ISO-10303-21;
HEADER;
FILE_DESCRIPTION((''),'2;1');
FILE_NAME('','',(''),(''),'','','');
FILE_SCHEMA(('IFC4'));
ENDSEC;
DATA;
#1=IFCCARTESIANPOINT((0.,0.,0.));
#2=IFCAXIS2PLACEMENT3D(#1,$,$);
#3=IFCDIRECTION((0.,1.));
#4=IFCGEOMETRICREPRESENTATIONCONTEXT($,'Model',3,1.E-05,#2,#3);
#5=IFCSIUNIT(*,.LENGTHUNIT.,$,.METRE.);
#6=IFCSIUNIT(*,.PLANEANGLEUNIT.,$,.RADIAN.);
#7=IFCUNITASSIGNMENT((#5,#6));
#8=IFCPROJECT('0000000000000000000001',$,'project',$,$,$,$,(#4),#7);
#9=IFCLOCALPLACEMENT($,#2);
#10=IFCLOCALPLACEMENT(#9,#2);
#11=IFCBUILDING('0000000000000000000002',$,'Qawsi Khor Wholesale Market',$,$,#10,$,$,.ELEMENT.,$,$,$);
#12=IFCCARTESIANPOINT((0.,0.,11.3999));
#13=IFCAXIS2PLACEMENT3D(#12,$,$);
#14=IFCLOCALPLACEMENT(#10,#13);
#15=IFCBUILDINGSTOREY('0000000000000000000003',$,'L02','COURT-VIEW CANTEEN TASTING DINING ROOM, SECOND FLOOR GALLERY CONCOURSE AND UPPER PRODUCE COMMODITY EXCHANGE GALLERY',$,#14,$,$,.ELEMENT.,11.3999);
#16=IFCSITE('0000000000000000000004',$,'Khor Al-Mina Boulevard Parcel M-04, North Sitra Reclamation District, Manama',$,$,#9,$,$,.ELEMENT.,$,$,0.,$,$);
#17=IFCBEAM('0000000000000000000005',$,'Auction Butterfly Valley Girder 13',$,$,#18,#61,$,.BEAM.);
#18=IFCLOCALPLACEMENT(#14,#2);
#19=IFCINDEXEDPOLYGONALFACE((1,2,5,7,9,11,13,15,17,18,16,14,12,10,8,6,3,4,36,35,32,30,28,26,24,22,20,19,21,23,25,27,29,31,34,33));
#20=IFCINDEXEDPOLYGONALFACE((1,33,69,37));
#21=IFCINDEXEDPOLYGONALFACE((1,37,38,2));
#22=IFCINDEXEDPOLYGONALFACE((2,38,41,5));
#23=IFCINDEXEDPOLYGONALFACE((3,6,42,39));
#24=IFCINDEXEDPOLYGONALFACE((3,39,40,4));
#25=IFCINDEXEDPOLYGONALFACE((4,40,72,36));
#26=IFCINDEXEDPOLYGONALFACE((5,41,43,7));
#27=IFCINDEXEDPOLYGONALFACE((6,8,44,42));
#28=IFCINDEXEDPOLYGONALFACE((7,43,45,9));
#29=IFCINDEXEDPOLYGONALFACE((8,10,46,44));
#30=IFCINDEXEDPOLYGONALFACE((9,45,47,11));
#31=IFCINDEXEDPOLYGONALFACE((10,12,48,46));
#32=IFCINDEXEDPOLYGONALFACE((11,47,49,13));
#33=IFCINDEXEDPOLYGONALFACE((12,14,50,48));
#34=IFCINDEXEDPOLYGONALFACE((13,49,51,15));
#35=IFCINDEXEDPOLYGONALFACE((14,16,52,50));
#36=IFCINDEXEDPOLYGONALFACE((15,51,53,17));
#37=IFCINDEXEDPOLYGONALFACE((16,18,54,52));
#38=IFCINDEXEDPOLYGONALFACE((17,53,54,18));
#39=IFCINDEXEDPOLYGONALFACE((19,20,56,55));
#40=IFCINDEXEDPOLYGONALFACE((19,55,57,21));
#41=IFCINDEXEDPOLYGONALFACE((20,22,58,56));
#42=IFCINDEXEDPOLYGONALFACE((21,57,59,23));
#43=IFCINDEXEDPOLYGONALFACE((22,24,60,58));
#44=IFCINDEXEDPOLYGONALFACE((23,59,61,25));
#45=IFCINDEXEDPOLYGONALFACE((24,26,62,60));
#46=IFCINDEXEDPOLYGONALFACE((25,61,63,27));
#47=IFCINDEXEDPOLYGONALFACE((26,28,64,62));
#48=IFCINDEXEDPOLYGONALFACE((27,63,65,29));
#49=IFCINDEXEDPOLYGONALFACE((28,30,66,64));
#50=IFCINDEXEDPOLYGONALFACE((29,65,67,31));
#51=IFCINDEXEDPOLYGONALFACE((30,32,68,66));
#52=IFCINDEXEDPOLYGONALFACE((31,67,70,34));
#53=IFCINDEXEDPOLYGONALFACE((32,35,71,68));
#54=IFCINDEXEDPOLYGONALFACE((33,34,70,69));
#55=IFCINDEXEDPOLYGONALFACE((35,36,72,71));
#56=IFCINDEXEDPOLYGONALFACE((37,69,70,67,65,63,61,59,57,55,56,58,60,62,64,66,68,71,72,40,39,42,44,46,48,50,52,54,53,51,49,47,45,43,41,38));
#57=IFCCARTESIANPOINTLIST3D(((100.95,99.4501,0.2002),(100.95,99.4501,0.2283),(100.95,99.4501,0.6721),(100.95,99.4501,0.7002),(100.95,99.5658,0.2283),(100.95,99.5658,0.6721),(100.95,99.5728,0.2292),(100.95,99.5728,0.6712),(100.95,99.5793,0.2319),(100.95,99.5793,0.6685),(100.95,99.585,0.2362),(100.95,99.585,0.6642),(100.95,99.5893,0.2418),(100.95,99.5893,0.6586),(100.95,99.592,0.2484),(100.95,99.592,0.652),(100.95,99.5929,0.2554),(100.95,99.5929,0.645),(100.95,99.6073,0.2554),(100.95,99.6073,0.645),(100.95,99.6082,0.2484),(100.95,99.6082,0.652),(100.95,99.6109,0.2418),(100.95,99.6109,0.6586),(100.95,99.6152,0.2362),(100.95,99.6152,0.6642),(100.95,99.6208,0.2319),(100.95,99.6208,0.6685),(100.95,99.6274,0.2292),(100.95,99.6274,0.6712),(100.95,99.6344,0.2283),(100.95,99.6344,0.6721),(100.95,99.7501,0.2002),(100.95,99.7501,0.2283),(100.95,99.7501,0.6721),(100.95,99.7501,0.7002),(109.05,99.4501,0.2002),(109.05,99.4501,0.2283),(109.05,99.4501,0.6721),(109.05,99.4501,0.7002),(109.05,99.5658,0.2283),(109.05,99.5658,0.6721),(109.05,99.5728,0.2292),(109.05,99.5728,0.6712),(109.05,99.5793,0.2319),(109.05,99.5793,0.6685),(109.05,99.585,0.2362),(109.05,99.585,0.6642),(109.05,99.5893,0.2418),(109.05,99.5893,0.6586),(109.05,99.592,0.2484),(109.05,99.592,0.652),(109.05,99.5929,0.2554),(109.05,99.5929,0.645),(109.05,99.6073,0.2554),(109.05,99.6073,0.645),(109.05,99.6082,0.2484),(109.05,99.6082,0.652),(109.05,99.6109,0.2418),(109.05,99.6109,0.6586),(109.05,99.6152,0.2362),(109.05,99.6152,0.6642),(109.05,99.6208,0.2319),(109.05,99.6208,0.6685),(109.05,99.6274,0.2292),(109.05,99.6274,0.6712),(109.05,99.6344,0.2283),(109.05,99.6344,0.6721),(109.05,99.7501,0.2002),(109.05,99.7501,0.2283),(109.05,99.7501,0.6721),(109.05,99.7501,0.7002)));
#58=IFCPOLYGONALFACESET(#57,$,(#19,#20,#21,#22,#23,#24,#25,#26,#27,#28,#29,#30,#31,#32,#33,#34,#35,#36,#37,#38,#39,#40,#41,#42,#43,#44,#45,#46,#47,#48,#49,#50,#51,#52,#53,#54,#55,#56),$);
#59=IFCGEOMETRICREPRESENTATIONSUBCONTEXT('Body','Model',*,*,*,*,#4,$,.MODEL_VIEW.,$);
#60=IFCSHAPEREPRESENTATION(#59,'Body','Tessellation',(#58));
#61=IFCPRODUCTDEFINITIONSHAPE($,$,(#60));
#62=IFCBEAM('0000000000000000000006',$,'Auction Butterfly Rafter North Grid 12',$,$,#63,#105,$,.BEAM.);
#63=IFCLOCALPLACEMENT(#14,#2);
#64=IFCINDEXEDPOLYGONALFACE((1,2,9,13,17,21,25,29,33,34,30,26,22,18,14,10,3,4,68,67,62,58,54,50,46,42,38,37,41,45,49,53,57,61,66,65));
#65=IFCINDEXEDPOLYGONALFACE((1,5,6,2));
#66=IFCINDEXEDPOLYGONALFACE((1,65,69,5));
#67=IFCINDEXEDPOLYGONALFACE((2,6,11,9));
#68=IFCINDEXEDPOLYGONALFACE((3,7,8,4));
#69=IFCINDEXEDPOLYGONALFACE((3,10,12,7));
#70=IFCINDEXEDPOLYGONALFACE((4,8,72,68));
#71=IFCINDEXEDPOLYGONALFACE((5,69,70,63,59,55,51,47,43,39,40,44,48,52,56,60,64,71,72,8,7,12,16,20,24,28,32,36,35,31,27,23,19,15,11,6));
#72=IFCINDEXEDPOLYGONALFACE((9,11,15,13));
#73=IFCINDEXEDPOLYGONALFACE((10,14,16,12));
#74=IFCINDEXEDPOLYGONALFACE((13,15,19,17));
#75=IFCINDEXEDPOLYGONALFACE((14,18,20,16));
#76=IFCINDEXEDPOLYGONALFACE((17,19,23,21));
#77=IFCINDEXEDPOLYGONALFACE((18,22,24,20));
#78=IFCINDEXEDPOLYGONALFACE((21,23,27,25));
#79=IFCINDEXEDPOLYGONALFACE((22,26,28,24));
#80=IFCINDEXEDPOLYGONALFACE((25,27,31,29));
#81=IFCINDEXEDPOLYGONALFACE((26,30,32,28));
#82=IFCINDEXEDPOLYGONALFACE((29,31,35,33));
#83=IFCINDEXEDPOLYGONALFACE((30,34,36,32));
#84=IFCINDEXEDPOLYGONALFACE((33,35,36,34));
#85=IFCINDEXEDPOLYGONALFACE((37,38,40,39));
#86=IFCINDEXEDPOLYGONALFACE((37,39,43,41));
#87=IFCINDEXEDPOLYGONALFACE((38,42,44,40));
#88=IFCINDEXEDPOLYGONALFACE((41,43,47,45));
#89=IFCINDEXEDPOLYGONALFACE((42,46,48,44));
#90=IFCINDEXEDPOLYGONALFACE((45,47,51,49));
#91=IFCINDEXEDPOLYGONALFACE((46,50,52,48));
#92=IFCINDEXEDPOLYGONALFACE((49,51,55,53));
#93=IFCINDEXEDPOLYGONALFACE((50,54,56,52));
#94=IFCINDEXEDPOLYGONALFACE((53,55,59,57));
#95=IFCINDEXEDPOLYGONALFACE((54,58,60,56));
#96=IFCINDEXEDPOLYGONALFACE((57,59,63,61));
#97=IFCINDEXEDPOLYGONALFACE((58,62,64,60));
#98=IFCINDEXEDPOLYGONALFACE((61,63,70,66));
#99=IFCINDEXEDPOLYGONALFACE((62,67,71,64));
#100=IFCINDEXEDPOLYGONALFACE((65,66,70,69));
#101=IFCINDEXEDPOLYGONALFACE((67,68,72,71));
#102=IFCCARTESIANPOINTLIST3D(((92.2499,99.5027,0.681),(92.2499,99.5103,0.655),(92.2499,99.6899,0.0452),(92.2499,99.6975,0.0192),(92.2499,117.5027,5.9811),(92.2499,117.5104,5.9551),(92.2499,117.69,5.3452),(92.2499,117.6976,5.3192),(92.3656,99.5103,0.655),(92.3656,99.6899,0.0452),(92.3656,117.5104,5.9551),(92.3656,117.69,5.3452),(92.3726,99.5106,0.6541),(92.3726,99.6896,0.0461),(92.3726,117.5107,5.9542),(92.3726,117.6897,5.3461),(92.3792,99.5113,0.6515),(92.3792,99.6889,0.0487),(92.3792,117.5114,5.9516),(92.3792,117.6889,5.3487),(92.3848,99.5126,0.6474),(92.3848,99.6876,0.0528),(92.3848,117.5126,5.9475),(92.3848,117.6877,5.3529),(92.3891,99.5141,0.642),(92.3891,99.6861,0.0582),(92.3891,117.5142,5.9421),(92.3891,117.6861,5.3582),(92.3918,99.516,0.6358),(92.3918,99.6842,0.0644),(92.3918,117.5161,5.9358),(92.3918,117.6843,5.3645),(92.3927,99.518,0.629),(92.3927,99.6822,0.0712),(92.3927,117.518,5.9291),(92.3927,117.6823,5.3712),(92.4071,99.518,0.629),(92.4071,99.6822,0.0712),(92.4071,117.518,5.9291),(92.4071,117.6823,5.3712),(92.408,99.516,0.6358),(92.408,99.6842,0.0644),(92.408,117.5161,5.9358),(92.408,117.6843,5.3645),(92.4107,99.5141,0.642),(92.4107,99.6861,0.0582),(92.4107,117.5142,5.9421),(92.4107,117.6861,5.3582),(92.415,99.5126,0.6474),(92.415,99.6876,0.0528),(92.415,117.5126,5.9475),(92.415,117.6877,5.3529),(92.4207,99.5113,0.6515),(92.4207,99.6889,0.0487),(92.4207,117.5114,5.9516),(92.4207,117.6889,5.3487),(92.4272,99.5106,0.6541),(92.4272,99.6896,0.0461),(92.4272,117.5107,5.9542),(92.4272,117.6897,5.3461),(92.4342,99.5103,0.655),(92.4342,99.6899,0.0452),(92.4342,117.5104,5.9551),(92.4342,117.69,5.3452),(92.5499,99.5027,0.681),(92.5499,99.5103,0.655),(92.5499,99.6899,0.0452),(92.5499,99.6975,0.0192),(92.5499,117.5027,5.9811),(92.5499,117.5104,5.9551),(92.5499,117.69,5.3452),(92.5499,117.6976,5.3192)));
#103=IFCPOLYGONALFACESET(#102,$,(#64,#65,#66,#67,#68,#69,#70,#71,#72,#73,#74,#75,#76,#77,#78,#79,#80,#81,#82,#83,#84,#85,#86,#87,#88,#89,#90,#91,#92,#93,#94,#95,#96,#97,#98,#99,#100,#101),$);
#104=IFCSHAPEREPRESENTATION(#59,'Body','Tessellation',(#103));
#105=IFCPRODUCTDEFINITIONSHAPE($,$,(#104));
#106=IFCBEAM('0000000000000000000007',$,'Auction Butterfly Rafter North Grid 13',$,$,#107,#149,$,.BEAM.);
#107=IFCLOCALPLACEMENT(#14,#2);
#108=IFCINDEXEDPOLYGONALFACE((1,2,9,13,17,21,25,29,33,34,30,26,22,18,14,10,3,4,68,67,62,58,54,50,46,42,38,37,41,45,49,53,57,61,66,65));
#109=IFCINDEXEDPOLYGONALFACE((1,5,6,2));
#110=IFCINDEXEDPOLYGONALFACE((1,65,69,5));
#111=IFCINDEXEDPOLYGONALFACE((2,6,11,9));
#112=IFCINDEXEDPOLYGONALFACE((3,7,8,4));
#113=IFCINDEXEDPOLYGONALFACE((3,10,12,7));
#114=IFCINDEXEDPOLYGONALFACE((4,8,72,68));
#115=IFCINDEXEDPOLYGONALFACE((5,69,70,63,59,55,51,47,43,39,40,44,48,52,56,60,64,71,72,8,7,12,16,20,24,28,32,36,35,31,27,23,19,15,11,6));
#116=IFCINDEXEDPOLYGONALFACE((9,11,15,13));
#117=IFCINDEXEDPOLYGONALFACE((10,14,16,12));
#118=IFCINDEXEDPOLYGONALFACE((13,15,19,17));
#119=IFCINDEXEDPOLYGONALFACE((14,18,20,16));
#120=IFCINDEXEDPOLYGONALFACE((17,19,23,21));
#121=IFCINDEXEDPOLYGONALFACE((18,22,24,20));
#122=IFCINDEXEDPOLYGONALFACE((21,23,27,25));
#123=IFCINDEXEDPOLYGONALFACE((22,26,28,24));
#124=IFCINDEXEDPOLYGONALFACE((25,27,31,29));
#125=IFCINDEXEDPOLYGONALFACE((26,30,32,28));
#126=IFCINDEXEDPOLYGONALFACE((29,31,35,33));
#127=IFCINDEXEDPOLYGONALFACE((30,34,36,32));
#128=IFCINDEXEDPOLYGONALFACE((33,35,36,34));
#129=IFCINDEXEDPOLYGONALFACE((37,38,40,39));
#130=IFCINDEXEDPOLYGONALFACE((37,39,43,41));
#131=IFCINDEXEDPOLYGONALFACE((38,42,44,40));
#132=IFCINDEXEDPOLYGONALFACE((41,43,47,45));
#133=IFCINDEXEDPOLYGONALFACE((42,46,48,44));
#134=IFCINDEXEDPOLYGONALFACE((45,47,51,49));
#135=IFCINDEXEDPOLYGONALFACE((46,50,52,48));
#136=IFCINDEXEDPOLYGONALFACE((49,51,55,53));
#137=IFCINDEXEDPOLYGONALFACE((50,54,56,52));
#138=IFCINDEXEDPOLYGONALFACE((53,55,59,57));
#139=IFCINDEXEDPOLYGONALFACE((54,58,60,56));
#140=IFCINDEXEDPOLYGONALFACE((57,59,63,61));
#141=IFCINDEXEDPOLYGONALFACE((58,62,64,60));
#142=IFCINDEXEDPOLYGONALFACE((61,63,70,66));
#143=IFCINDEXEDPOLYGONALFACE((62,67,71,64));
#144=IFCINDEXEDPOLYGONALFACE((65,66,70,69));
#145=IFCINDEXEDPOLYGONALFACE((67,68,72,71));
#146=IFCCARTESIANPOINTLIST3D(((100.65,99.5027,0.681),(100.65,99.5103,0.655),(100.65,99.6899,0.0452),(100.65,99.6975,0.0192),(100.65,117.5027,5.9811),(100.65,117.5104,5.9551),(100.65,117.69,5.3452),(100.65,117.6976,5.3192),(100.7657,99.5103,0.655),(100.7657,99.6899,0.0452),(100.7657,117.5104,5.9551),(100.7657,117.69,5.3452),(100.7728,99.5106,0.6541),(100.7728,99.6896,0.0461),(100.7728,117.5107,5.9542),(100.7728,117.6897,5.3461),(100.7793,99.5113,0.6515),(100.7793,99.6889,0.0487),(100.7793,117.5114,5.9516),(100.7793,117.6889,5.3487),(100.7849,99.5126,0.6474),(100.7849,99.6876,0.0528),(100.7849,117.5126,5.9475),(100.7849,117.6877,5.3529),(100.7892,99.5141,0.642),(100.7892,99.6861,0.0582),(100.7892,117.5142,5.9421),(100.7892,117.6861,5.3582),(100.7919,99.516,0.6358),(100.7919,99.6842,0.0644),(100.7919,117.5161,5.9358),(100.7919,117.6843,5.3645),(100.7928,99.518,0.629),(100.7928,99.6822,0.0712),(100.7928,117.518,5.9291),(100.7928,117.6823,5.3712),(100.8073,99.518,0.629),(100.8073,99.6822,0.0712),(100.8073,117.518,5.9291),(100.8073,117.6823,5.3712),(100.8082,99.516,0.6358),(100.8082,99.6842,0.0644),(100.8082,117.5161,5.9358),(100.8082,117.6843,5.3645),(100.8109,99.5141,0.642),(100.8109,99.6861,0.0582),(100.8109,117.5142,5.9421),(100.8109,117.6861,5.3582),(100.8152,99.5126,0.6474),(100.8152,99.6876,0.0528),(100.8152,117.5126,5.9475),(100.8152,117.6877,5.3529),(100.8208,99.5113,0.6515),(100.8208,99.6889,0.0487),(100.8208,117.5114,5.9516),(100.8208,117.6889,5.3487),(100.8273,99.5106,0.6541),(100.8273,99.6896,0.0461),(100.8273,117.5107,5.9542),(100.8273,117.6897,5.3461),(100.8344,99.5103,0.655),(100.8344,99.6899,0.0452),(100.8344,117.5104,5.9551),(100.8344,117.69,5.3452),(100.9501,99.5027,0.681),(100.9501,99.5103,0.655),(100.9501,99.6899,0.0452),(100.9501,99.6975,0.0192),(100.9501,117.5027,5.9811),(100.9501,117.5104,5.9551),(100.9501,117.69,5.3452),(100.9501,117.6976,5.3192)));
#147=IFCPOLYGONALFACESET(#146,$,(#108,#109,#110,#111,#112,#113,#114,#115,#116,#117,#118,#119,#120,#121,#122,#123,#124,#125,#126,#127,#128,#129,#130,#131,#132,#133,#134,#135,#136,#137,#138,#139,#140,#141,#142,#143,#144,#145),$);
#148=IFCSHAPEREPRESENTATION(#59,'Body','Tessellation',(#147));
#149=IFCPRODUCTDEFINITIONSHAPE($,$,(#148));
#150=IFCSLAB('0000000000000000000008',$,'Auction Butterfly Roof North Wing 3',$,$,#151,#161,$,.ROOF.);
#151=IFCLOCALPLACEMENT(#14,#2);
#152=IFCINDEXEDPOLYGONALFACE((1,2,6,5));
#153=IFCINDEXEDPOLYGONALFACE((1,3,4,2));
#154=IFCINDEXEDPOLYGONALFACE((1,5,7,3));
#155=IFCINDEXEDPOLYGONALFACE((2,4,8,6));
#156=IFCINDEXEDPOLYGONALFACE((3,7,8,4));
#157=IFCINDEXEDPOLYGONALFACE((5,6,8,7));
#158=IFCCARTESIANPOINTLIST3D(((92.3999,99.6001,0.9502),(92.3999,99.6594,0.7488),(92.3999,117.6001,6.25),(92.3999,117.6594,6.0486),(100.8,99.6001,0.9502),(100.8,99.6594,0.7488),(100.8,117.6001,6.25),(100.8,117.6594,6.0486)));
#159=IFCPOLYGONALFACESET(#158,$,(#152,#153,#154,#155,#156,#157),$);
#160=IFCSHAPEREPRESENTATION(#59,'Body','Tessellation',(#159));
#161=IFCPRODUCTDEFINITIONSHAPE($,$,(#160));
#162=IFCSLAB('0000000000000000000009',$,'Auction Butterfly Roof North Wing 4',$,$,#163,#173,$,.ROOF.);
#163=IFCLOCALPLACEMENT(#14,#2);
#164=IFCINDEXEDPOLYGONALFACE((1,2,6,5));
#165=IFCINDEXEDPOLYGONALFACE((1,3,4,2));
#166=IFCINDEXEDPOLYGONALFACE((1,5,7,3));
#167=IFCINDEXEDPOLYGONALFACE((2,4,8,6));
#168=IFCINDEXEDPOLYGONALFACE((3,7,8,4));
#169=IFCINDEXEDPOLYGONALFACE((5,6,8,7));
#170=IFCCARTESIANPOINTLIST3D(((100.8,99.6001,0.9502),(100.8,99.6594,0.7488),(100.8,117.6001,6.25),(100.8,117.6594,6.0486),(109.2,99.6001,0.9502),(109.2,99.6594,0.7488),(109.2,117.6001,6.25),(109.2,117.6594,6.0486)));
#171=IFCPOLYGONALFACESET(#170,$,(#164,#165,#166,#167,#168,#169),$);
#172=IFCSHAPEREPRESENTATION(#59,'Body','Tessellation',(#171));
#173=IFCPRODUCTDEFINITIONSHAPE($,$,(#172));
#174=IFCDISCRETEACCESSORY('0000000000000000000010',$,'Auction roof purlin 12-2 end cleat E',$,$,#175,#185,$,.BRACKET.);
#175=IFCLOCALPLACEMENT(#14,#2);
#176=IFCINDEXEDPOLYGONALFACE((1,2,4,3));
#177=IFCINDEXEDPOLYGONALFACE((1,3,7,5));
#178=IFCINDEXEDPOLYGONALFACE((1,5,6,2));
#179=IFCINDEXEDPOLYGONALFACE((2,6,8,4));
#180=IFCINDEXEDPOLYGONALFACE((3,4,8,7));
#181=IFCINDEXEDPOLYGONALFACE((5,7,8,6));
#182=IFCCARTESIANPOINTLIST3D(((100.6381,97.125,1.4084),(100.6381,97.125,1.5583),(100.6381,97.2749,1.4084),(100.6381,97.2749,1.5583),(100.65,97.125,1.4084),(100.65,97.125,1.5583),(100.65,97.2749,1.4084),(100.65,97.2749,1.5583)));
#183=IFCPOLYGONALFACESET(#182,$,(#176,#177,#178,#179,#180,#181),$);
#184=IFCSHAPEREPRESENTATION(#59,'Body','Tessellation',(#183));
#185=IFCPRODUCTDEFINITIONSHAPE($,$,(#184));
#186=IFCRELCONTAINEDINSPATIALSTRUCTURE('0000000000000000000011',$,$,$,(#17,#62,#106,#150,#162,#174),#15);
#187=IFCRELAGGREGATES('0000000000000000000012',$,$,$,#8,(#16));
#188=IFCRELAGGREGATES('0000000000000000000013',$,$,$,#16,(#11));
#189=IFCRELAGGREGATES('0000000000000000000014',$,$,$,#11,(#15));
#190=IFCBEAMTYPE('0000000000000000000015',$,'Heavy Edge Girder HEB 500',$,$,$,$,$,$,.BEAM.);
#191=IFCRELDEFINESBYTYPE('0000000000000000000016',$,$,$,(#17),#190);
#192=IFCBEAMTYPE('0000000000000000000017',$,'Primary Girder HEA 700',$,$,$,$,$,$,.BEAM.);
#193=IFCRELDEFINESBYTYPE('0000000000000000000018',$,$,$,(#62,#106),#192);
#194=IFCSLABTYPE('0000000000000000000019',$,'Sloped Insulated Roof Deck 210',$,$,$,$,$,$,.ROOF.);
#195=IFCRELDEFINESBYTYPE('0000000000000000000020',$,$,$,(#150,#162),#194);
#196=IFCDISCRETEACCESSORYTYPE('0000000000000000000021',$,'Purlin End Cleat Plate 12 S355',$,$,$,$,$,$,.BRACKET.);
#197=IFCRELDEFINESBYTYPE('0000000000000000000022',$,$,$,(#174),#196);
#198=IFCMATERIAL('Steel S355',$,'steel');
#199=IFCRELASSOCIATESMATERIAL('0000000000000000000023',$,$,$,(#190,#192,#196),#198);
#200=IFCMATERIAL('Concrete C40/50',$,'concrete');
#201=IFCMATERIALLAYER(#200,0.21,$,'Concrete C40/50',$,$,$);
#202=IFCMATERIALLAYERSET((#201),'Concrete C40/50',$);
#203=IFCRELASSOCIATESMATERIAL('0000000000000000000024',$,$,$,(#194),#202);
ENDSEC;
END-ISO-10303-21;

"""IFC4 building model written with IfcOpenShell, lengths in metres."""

from ifc_helpers import new_model, si_unit, direction, frame, origin, origin_2d, place, context, subcontext, project, spatial, polyline, rectangle, i_section, outline, extrude, material, layer, layer_set, material_profile, profile_set, type_object, element, save


model = new_model("IFC4")

# Units and contexts
model_context = context("Model", 3, precision=1e-05, world=origin(), true_north=direction((0.0, 1.0)))
body_context = subcontext(model_context, "Body", "Model", "MODEL_VIEW")
ifc_project = project(units=[si_unit("LENGTHUNIT", "METRE"), si_unit("PLANEANGLEUNIT", "RADIAN")], contexts=[model_context])

# Site, building, storey
site_placement = place(None, origin())
site = spatial("IfcSite", under=ifc_project, at=site_placement, Name="Khor Al-Mina Boulevard Parcel M-04, North Sitra Reclamation District, Manama", CompositionType="ELEMENT", RefElevation=0.0)
building_placement = place(site_placement, origin())
building = spatial("IfcBuilding", under=site, at=building_placement, Name="Qawsi Khor Wholesale Market", CompositionType="ELEMENT")
storey_placement = place(building_placement, frame((0.0, 0.0, 11.3999)))
storey = spatial("IfcBuildingStorey", under=building, at=storey_placement, Name="L02", Description="COURT-VIEW CANTEEN TASTING DINING ROOM, SECOND FLOOR GALLERY CONCOURSE AND UPPER PRODUCE COMMODITY EXCHANGE GALLERY", CompositionType="ELEMENT", Elevation=11.3999)

# Shared definitions
ifc_material_1 = material(Name="Steel S355", Category="steel")

# Beams
ifc_material_profile_1 = material_profile(ifc_material_1, i_section(OverallWidth=0.3, OverallDepth=0.5, WebThickness=0.0144, FlangeThickness=0.0281, FilletRadius=0.0271, at=origin_2d()), Name="HEB 500")
ifc_profile_set_1 = profile_set([ifc_material_profile_1], Name="Steel S355")
beam_type_1 = type_object("IfcBeamType", Name="Heavy Edge Girder HEB 500", PredefinedType="BEAM", material=ifc_profile_set_1)
beam_1_placement = place(storey_placement, frame((100.95, 99.6001, 0.4502), z_axis=(1.0, 0.0, 0.0), x_axis=(0.0, 1.0, 0.0)))
element("IfcBeam", 1, at=beam_1_placement, inside=storey, type_object=beam_type_1, Name="Auction Butterfly Valley Girder 13", PredefinedType="BEAM", context=body_context, shape_type="SweptSolid", body=[
    extrude(i_section(OverallWidth=0.3, OverallDepth=0.5, WebThickness=0.0144, FlangeThickness=0.0281, FilletRadius=0.0271, at=origin_2d()), origin(), (0.0, 0.0, 1.0), 8.1001),
])
ifc_material_profile_2 = material_profile(ifc_material_1, i_section(OverallWidth=0.3, OverallDepth=0.6899, WebThickness=0.0144, FlangeThickness=0.0271, FilletRadius=0.0271, at=origin_2d()), Name="HEA 700")
ifc_profile_set_2 = profile_set([ifc_material_profile_2], Name="Steel S355")
beam_type_2 = type_object("IfcBeamType", Name="Primary Girder HEA 700", PredefinedType="BEAM", material=ifc_profile_set_2)
for number, where, z_axis, x_axis, name in (
    (2, (92.3999, 99.6001, 0.3501), (0.0, 0.95928, 0.282457), (-1.0, 0.0, 0.0), "Auction Butterfly Rafter North Grid 12"),
    (3, (100.8, 99.6001, 0.3501), (0.0, 0.95928, 0.282457), (-1.0, 0.0, 0.0), "Auction Butterfly Rafter North Grid 13"),
):
    element("IfcBeam", number, at=place(storey_placement, frame(where, z_axis=z_axis, x_axis=x_axis)), inside=storey, type_object=beam_type_2, Name=name, PredefinedType="BEAM", context=body_context, shape_type="SweptSolid", body=[
        extrude(i_section(OverallWidth=0.3, OverallDepth=0.6899, WebThickness=0.0144, FlangeThickness=0.0271, FilletRadius=0.0271, at=origin_2d()), origin(), (0.0, 0.0, 1.0), 18.7642),
    ])

# Slabs
ifc_material_2 = material(Name="Concrete C40/50", Category="concrete")
ifc_layer = layer(ifc_material_2, 0.21, Name="Concrete C40/50")
ifc_layer_set = layer_set([ifc_layer], Name="Concrete C40/50")
slab_type = type_object("IfcSlabType", Name="Sloped Insulated Roof Deck 210", PredefinedType="ROOF", material=ifc_layer_set)
slab_1_placement = place(storey_placement, frame((92.3999, 99.6001, 0.9502), z_axis=(0.0, -0.282445, 0.959283), x_axis=(1.0, 0.0, 0.0)))
element("IfcSlab", 4, at=slab_1_placement, inside=storey, type_object=slab_type, Name="Auction Butterfly Roof North Wing 3", PredefinedType="ROOF", context=body_context, shape_type="SweptSolid", body=[
    extrude(outline(polyline([(0.0, 0.0), (8.4001, 0.0), (8.4001, 18.764), (0.0, 18.764), (0.0, 0.0)])), origin(), (0.0, 0.0, -1.0), 0.21),
])
slab_2_placement = place(storey_placement, frame((100.8, 99.6001, 0.9502), z_axis=(0.0, -0.282445, 0.959283), x_axis=(1.0, 0.0, 0.0)))
element("IfcSlab", 5, at=slab_2_placement, inside=storey, type_object=slab_type, Name="Auction Butterfly Roof North Wing 4", PredefinedType="ROOF", context=body_context, shape_type="SweptSolid", body=[
    extrude(outline(polyline([(0.0, 0.0), (8.3999, 0.0), (8.3999, 18.764), (0.0, 18.764), (0.0, 0.0)])), origin(), (0.0, 0.0, -1.0), 0.21),
])

# Discrete accessory
discrete_accessory_type = type_object("IfcDiscreteAccessoryType", Name="Purlin End Cleat Plate 12 S355", PredefinedType="BRACKET", material=ifc_material_1)
discrete_accessory_placement = place(storey_placement, frame((100.644, 97.2, 1.4084), z_axis=(0.0, 0.0, 1.0), x_axis=(1.0, 0.0, 0.0)))
element("IfcDiscreteAccessory", 6, at=discrete_accessory_placement, inside=storey, type_object=discrete_accessory_type, Name="Auction roof purlin 12-2 end cleat E", PredefinedType="BRACKET", context=body_context, shape_type="SweptSolid", body=[
    extrude(rectangle(XDim=0.012, YDim=0.1499, at=origin_2d()), origin(), (0.0, 0.0, 1.0), 0.1499),
])

save(model, "model.ifc")
